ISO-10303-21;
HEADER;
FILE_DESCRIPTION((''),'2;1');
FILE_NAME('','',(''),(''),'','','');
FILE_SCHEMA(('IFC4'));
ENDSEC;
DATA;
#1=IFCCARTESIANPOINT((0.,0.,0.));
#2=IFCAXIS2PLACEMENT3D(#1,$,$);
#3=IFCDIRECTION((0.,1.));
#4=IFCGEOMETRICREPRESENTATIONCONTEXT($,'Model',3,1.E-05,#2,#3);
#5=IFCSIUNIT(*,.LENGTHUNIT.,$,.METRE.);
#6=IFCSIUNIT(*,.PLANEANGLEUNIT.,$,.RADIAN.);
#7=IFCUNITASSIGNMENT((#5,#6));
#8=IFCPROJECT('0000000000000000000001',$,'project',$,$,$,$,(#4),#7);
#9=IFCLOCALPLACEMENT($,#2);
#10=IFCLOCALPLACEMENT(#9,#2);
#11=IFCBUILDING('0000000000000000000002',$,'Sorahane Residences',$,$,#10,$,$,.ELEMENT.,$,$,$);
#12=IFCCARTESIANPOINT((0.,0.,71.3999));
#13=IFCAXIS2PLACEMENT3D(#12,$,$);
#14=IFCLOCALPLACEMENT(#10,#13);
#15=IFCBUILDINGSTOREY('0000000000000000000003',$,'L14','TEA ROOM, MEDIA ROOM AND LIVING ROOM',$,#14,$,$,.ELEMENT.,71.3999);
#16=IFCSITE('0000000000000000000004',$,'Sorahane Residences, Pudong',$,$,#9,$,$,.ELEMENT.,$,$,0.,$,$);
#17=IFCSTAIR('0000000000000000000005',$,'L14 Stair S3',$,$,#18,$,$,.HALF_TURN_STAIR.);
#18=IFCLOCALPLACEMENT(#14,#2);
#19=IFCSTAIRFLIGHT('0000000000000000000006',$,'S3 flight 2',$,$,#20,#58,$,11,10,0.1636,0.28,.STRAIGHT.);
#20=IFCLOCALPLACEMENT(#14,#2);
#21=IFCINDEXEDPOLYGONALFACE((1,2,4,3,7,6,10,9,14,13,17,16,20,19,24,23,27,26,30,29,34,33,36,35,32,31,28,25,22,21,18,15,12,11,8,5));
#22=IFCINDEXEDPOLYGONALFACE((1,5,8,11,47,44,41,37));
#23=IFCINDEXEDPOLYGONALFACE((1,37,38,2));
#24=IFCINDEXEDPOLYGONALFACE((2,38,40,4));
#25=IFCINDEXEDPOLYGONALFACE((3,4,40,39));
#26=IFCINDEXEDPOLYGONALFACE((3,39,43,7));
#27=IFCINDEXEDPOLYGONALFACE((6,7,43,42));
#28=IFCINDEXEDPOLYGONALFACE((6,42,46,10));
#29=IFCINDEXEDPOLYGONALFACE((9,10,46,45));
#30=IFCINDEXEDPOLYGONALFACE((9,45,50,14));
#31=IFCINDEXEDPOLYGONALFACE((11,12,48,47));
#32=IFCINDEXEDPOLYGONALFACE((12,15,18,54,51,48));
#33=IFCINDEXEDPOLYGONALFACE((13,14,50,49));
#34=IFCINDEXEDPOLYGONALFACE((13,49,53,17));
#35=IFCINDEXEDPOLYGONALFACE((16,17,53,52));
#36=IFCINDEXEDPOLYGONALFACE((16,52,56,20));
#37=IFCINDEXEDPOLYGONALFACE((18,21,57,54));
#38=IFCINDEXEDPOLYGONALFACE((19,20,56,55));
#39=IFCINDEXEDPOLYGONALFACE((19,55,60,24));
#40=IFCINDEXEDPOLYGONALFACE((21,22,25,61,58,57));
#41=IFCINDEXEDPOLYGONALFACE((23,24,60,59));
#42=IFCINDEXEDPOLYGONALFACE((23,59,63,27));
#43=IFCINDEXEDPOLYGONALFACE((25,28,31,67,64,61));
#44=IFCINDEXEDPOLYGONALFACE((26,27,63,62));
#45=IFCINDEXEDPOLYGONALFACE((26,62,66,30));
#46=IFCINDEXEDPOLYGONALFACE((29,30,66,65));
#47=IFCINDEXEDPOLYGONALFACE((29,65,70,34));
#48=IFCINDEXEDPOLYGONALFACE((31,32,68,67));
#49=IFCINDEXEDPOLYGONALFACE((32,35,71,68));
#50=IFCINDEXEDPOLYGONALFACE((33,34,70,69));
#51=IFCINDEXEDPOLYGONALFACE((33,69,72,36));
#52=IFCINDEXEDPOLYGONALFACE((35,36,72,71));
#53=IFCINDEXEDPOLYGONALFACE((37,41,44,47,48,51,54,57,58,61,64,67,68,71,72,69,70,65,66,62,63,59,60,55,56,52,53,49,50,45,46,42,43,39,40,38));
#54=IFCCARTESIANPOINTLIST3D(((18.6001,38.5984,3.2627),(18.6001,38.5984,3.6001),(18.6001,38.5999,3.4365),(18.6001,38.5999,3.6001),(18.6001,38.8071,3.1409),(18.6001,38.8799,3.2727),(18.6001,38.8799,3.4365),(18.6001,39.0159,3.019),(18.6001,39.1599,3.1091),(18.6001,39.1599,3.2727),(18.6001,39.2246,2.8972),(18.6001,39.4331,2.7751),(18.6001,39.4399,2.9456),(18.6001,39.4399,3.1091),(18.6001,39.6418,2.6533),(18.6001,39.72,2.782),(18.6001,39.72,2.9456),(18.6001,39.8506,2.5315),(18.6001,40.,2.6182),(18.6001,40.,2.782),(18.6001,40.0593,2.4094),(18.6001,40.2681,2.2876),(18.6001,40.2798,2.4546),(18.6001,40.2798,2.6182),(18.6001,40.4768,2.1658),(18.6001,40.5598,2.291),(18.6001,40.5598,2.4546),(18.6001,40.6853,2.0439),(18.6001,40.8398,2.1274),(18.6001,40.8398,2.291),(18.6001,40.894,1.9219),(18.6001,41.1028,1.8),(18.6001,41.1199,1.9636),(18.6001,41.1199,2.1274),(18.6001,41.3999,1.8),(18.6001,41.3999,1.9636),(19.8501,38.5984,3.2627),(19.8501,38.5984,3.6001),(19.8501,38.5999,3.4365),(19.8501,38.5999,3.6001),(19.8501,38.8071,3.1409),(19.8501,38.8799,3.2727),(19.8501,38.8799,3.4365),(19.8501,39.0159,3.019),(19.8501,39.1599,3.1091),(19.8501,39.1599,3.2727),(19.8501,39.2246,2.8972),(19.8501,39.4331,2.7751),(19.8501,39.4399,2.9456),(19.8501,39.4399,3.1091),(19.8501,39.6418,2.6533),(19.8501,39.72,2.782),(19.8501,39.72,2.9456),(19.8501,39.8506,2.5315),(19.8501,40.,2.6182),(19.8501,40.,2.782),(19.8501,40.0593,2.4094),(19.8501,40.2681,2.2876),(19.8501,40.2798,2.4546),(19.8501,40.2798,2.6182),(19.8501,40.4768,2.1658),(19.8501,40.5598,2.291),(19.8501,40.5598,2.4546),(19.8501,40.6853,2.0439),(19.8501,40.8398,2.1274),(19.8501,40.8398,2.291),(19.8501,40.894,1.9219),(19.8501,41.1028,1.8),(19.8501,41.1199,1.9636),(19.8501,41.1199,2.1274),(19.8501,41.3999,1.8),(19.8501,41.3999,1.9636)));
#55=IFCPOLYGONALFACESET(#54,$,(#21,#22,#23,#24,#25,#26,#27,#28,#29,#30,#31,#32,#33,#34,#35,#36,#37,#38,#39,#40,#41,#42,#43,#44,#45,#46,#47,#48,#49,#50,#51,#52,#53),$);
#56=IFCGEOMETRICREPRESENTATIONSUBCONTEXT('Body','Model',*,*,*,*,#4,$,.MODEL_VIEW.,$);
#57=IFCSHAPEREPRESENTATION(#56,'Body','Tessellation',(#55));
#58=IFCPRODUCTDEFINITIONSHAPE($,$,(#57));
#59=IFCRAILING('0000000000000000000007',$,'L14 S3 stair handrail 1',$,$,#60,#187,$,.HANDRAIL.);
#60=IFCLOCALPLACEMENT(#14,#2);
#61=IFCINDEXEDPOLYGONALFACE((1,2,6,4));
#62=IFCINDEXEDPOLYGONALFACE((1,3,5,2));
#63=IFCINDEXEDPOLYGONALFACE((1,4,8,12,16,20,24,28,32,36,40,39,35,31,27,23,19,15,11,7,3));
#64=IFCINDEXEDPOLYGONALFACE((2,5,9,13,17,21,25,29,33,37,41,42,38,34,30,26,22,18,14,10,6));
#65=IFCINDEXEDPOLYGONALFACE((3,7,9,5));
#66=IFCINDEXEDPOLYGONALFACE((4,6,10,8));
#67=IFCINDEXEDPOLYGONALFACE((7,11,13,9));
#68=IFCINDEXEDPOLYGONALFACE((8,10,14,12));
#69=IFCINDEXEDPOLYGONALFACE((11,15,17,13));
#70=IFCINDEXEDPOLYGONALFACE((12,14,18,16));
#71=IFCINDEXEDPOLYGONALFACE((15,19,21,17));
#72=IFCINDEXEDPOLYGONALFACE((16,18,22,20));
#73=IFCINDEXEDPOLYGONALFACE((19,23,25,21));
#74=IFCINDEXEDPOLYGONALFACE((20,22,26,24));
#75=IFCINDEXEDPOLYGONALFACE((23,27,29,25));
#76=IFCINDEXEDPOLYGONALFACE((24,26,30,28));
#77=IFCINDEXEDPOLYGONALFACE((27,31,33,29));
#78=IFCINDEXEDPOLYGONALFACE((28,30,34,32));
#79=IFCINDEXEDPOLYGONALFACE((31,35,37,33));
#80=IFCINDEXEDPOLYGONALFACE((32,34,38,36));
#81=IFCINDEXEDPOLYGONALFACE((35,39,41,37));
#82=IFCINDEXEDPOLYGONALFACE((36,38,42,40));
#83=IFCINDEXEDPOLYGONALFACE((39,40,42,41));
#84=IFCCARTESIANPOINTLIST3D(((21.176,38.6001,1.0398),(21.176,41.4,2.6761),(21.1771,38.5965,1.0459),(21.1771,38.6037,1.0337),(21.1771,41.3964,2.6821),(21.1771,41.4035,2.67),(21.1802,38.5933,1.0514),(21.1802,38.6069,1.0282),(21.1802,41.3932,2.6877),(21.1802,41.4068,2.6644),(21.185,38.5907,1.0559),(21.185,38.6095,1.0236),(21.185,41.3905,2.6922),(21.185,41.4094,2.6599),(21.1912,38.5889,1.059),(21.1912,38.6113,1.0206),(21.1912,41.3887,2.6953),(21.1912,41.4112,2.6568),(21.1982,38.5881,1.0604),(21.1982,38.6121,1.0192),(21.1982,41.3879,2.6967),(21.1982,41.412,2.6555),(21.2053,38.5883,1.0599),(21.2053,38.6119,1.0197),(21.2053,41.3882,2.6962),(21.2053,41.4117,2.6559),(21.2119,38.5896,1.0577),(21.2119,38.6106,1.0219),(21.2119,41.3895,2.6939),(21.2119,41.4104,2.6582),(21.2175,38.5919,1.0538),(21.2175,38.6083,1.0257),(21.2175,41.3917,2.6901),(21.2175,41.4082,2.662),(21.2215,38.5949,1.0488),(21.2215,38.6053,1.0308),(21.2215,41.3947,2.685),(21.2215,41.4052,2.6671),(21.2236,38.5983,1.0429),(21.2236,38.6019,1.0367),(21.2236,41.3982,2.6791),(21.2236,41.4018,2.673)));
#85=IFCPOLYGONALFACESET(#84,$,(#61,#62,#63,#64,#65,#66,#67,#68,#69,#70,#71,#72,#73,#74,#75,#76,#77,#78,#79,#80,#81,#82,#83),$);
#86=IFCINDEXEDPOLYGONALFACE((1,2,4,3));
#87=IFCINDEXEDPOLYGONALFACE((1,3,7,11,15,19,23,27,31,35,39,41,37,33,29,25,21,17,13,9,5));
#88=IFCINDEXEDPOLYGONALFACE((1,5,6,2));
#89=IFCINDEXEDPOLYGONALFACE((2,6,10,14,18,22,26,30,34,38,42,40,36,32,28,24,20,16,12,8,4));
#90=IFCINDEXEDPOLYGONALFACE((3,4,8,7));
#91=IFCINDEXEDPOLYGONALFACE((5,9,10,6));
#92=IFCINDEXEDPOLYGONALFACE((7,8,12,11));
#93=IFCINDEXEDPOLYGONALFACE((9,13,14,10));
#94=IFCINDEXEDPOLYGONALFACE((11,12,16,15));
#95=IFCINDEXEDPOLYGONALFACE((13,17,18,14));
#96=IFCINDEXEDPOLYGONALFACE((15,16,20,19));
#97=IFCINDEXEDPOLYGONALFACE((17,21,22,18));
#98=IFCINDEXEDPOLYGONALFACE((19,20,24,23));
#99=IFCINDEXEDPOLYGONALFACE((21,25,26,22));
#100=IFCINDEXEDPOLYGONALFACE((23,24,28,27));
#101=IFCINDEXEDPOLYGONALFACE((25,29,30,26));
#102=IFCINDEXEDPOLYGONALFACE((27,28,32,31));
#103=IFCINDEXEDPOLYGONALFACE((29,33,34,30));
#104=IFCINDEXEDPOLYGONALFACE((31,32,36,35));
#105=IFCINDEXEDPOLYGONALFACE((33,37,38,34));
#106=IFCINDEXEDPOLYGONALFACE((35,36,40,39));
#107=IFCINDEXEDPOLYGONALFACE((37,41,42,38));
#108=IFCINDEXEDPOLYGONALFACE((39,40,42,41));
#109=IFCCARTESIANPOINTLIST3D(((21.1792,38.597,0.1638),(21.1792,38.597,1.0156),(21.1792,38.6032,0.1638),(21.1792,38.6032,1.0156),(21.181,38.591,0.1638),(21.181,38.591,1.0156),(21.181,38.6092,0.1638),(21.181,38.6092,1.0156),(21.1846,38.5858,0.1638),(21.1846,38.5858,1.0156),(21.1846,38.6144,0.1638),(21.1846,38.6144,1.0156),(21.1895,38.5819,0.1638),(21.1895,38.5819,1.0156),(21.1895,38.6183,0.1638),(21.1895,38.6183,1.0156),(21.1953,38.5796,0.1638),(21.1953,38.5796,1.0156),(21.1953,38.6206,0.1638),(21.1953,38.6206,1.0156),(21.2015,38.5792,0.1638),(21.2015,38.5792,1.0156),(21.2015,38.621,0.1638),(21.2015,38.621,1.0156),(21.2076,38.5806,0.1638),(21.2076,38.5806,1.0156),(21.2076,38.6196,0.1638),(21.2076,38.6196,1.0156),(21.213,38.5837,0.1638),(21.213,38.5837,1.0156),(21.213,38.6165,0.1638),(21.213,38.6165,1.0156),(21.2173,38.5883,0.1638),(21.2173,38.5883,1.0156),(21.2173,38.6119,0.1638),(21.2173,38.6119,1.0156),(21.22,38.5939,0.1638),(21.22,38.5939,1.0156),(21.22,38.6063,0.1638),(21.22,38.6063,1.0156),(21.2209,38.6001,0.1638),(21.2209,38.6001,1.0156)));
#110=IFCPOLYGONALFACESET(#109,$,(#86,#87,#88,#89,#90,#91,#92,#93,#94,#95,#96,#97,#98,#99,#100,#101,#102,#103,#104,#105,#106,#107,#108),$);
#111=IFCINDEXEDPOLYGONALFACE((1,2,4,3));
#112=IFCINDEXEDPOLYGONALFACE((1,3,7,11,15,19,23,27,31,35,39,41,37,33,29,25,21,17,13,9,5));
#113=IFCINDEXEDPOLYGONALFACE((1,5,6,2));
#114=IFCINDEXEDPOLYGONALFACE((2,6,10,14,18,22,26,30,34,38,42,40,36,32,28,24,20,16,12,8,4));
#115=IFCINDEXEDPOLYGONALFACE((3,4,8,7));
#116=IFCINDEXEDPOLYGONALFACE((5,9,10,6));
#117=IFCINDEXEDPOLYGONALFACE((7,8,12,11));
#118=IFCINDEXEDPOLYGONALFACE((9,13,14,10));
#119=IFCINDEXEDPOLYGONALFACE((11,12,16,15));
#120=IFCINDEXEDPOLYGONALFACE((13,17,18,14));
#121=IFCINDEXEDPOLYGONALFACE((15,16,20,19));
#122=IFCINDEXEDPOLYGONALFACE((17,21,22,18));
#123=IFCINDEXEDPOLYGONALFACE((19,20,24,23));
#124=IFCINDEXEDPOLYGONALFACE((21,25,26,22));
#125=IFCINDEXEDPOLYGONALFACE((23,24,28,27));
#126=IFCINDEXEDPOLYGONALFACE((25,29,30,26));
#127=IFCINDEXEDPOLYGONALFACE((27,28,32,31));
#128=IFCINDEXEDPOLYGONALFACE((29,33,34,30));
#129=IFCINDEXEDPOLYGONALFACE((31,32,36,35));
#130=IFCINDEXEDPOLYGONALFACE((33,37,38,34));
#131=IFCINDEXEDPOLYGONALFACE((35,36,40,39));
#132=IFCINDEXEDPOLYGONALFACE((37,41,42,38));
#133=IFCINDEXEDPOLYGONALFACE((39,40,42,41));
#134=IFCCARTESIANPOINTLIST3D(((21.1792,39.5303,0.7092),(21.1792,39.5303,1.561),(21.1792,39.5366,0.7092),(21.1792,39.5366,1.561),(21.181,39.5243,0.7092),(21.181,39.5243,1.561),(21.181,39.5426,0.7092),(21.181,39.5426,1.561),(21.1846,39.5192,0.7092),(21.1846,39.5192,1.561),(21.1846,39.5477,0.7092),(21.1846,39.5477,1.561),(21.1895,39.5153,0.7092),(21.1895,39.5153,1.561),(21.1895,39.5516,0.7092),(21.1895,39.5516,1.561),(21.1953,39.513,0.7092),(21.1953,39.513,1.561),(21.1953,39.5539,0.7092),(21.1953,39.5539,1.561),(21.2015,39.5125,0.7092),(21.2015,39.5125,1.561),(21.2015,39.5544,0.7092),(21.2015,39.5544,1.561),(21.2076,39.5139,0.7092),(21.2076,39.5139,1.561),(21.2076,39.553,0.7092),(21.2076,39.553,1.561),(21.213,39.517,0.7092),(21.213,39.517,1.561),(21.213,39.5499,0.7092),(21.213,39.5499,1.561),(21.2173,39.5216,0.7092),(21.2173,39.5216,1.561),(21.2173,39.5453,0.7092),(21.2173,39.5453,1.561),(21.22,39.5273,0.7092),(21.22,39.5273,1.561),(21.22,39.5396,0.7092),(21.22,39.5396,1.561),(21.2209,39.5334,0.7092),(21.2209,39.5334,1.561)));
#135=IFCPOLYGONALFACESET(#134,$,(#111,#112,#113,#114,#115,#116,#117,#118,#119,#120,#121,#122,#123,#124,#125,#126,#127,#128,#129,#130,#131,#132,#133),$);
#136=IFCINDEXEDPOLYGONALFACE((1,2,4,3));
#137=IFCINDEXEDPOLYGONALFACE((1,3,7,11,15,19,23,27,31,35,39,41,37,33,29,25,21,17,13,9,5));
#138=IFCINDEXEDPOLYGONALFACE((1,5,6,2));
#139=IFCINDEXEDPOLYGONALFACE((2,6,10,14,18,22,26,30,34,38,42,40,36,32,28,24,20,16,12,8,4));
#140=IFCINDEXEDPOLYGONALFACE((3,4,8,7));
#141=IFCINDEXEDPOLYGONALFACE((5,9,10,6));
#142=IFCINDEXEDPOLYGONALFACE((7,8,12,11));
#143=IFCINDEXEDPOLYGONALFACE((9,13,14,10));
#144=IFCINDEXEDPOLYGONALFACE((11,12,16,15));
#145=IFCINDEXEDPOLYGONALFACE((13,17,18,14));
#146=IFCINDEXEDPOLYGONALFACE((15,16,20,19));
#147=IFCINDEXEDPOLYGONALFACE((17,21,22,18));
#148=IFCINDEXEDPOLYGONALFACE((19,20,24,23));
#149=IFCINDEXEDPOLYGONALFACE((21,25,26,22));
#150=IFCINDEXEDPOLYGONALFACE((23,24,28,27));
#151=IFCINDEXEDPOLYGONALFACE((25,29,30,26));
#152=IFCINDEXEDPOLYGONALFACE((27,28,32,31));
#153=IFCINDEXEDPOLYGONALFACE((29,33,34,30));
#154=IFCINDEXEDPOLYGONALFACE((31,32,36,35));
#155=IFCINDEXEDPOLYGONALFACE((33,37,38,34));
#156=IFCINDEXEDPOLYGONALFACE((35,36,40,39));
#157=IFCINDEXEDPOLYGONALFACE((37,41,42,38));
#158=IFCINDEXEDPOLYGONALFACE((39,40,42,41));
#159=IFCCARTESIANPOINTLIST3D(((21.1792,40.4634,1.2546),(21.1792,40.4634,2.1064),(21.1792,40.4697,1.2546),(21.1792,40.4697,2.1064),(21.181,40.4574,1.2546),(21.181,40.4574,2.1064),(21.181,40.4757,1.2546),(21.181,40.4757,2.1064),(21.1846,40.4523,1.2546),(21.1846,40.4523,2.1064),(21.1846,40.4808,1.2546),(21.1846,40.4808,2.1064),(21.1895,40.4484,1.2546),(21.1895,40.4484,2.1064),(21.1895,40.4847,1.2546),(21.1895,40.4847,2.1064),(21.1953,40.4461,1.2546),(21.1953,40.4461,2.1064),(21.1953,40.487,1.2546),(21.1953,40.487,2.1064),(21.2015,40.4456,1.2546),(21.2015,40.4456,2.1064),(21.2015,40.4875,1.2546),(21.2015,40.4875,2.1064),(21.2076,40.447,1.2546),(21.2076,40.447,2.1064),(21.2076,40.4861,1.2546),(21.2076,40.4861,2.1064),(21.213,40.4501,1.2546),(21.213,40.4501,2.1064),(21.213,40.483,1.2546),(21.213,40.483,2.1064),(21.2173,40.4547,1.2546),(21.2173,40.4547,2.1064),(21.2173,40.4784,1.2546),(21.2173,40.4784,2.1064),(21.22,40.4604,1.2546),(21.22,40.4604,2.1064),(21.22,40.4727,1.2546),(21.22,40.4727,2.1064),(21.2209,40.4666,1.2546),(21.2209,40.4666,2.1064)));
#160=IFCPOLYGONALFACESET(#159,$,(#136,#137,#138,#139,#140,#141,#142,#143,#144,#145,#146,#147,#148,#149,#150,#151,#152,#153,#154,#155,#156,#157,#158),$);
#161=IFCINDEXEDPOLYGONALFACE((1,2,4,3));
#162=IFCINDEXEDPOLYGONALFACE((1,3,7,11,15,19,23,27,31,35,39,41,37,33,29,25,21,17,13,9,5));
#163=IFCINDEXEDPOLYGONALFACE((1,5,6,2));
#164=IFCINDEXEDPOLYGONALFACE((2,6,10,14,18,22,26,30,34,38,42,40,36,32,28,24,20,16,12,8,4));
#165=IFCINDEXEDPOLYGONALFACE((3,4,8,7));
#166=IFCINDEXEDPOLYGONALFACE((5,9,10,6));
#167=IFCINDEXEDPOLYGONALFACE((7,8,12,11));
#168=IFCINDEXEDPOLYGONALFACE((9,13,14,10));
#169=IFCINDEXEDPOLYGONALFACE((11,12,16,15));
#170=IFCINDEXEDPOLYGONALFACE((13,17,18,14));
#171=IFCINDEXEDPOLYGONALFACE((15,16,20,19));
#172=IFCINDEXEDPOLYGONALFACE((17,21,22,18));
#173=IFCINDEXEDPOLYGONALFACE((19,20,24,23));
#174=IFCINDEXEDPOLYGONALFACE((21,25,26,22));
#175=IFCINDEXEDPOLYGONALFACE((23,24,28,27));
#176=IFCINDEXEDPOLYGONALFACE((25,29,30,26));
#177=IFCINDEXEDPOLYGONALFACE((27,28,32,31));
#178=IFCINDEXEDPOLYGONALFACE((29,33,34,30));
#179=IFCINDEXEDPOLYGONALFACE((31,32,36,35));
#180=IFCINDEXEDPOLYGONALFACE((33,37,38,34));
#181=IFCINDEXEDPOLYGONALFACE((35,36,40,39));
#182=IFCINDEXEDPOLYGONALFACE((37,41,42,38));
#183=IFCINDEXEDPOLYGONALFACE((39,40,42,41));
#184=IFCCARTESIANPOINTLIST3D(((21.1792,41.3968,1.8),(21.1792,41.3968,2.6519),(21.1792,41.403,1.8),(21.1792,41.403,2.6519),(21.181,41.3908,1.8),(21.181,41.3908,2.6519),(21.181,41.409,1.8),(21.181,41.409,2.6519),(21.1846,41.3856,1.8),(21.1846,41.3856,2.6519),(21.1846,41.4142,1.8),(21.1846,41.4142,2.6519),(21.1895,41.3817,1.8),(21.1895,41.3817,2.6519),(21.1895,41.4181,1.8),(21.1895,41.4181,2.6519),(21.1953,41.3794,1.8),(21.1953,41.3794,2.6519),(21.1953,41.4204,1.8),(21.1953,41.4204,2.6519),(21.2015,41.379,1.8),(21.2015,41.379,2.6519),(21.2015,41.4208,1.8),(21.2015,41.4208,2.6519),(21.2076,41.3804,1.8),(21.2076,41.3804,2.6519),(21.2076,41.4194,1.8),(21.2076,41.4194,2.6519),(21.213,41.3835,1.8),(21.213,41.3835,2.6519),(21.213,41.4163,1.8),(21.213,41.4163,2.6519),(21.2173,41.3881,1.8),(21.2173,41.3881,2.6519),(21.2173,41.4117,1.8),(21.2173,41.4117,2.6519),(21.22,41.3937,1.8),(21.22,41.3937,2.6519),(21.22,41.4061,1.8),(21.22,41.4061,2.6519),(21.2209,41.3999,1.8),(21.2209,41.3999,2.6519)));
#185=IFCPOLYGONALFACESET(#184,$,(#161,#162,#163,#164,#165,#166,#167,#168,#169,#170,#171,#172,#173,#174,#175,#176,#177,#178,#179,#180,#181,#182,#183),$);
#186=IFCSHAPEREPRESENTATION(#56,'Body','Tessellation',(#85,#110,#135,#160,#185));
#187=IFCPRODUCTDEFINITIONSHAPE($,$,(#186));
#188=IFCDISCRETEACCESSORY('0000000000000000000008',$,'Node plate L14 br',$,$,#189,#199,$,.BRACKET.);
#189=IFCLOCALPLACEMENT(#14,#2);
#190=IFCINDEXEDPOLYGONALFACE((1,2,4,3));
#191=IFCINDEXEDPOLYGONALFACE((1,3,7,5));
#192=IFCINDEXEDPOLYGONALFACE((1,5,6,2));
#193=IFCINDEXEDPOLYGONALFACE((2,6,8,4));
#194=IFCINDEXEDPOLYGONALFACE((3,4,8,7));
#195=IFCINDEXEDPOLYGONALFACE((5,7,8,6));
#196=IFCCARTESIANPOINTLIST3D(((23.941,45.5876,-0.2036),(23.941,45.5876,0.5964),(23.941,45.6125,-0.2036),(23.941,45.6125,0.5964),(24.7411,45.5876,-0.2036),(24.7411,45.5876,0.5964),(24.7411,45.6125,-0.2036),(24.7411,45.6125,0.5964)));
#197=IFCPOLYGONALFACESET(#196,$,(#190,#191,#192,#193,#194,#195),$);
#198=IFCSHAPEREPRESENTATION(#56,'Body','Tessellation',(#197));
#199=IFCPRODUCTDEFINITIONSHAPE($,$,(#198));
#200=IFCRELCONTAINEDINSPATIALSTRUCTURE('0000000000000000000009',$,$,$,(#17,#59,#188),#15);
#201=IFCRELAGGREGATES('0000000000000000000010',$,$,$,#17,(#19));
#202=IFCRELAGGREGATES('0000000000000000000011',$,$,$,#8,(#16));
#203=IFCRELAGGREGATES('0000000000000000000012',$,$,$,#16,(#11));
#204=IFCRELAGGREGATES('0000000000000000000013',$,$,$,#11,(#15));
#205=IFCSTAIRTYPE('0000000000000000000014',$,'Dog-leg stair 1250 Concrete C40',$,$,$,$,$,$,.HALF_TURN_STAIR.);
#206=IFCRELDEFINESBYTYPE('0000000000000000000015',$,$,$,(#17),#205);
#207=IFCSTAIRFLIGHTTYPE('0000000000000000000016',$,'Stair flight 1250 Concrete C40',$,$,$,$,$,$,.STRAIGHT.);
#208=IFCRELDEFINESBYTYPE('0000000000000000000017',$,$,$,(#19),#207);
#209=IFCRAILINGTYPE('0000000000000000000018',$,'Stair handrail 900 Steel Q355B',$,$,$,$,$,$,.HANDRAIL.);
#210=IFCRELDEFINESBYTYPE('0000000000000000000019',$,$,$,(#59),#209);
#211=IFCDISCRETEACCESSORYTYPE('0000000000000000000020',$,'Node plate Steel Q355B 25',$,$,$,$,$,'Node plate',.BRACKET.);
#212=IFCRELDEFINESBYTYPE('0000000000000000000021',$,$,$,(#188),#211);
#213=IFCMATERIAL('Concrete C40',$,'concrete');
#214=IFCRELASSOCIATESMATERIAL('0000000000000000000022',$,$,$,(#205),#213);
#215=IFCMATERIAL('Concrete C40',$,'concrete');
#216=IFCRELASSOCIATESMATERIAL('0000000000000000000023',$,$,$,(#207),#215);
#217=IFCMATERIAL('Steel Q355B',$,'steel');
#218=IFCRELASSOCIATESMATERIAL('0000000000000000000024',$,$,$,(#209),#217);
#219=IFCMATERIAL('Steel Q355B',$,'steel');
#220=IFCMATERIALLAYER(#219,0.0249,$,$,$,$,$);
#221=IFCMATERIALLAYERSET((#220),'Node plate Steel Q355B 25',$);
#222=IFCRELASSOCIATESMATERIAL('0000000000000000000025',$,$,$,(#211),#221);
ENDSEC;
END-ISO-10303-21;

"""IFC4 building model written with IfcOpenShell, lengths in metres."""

from ifc_helpers import new_model, si_unit, direction, frame, origin, origin_2d, place, context, subcontext, project, spatial, polyline, rectangle, circle, outline, extrude, material, layer, layer_set, type_object, element, aggregate, save


model = new_model("IFC4")

# Units and contexts
model_context = context("Model", 3, precision=1e-05, world=origin(), true_north=direction((0.0, 1.0)))
body_context = subcontext(model_context, "Body", "Model", "MODEL_VIEW")
ifc_project = project(units=[si_unit("LENGTHUNIT", "METRE"), si_unit("PLANEANGLEUNIT", "RADIAN")], contexts=[model_context])

# Site, building, storey
site_placement = place(None, origin())
site = spatial("IfcSite", under=ifc_project, at=site_placement, Name="Sorahane Residences, Pudong", CompositionType="ELEMENT", RefElevation=0.0)
building_placement = place(site_placement, origin())
building = spatial("IfcBuilding", under=site, at=building_placement, Name="Sorahane Residences", CompositionType="ELEMENT")
storey_placement = place(building_placement, frame((0.0, 0.0, 71.3999)))
storey = spatial("IfcBuildingStorey", under=building, at=storey_placement, Name="L14", Description="TEA ROOM, MEDIA ROOM AND LIVING ROOM", CompositionType="ELEMENT", Elevation=71.3999)

# Stair, stair flight
ifc_material_1 = material(Name="Concrete C40", Category="concrete")
stair_type = type_object("IfcStairType", Name="Dog-leg stair 1250 Concrete C40", PredefinedType="HALF_TURN_STAIR", material=ifc_material_1)
stair_placement = place(storey_placement, origin())
stair = element("IfcStair", 1, at=stair_placement, inside=storey, type_object=stair_type, Name="L14 Stair S3", PredefinedType="HALF_TURN_STAIR")
ifc_material_2 = material(Name="Concrete C40", Category="concrete")
stair_flight_type = type_object("IfcStairFlightType", Name="Stair flight 1250 Concrete C40", PredefinedType="STRAIGHT", material=ifc_material_2)
stair_flight_1_placement = place(storey_placement, frame((19.2251, 41.3999, 1.8), z_axis=(0.0, 0.0, 1.0), x_axis=(0.0, -1.0, 0.0)))
stair_flight_1 = element("IfcStairFlight", 2, at=stair_flight_1_placement, type_object=stair_flight_type, Name="S3 flight 2", NumberOfRisers=11, NumberOfTreads=10, PredefinedType="STRAIGHT", RiserHeight=0.1636, TreadLength=0.28, context=body_context, shape_type="SweptSolid", body=[
    extrude(outline(polyline([(0.0, 0.0), (0.0, 0.1636), (0.28, 0.1636), (0.28, 0.3274), (0.5601, 0.3274), (0.5601, 0.491), (0.8401, 0.491), (0.8401, 0.6545), (1.1201, 0.6545), (1.1201, 0.8181), (1.3999, 0.8181), (1.3999, 0.9819), (1.6799, 0.9819), (1.6799, 1.1455), (1.96, 1.1455), (1.96, 1.3091), (2.24, 1.3091), (2.24, 1.4727), (2.52, 1.4727), (2.52, 1.6365), (2.8, 1.6365), (2.8, 1.8), (2.8015, 1.8), (2.8015, 1.4626), (2.5928, 1.3408), (2.384, 1.219), (2.1753, 1.0972), (1.9668, 0.9751), (1.7581, 0.8533), (1.5493, 0.7314), (1.3406, 0.6094), (1.1318, 0.4875), (0.9231, 0.3657), (0.7146, 0.2439), (0.5059, 0.1218), (0.2971, 0.0), (0.0, 0.0)])), frame((0.0, 0.625, 0.0), z_axis=(0.0, -1.0, 0.0), x_axis=(1.0, 0.0, 0.0)), (0.0, 0.0, 1.0), 1.25),
])
aggregate(stair, [stair_flight_1])

# Railing
ifc_material_3 = material(Name="Steel Q355B", Category="steel")
railing_type_1 = type_object("IfcRailingType", Name="Stair handrail 900 Steel Q355B", PredefinedType="HANDRAIL", material=ifc_material_3)
railing_1_placement = place(storey_placement, frame((21.2, 38.6001, 0.1638)))
element("IfcRailing", 3, at=railing_1_placement, inside=storey, type_object=railing_type_1, Name="L14 S3 stair handrail 1", PredefinedType="HANDRAIL", context=body_context, shape_type="SweptSolid", body=[
    extrude(circle(Radius=0.0239, at=origin_2d()), frame((0.0, 0.0, 0.876), z_axis=(0.0, 0.863374, 0.504564), x_axis=(-1.0, 0.0, 0.0)), (0.0, 0.0, 1.0), 3.2429),
    extrude(circle(Radius=0.021, at=origin_2d()), origin(), (0.0, 0.0, 1.0), 0.8518),
    extrude(circle(Radius=0.021, at=origin_2d()), frame((0.0, 0.9333, 0.5454)), (0.0, 0.0, 1.0), 0.8518),
    extrude(circle(Radius=0.021, at=origin_2d()), frame((0.0, 1.8665, 1.0908)), (0.0, 0.0, 1.0), 0.8518),
    extrude(circle(Radius=0.021, at=origin_2d()), frame((0.0, 2.7998, 1.6362)), (0.0, 0.0, 1.0), 0.8518),
])

# Discrete accessory
ifc_material_4 = material(Name="Steel Q355B", Category="steel")
ifc_layer_1 = layer(ifc_material_4, 0.0249)
ifc_layer_set_1 = layer_set([ifc_layer_1], Name="Node plate Steel Q355B 25")
discrete_accessory_type = type_object("IfcDiscreteAccessoryType", Name="Node plate Steel Q355B 25", ElementType="Node plate", PredefinedType="BRACKET", material=ifc_layer_set_1)
for number, where, z_axis, x_axis, name in (
    (4, (24.3411, 45.6001, -0.2036), (0.0, 0.0, 1.0), (1.0, 0.0, 0.0), "Node plate L14 br"),
):
    element("IfcDiscreteAccessory", number, at=place(storey_placement, frame(where, z_axis=z_axis, x_axis=x_axis)), inside=storey, type_object=discrete_accessory_type, Name=name, PredefinedType="BRACKET", context=body_context, shape_type="SweptSolid", body=[
        extrude(rectangle(XDim=0.8, YDim=0.0249, at=origin_2d()), origin(), (0.0, 0.0, 1.0), 0.8),
    ])

save(model, "model.ifc")
